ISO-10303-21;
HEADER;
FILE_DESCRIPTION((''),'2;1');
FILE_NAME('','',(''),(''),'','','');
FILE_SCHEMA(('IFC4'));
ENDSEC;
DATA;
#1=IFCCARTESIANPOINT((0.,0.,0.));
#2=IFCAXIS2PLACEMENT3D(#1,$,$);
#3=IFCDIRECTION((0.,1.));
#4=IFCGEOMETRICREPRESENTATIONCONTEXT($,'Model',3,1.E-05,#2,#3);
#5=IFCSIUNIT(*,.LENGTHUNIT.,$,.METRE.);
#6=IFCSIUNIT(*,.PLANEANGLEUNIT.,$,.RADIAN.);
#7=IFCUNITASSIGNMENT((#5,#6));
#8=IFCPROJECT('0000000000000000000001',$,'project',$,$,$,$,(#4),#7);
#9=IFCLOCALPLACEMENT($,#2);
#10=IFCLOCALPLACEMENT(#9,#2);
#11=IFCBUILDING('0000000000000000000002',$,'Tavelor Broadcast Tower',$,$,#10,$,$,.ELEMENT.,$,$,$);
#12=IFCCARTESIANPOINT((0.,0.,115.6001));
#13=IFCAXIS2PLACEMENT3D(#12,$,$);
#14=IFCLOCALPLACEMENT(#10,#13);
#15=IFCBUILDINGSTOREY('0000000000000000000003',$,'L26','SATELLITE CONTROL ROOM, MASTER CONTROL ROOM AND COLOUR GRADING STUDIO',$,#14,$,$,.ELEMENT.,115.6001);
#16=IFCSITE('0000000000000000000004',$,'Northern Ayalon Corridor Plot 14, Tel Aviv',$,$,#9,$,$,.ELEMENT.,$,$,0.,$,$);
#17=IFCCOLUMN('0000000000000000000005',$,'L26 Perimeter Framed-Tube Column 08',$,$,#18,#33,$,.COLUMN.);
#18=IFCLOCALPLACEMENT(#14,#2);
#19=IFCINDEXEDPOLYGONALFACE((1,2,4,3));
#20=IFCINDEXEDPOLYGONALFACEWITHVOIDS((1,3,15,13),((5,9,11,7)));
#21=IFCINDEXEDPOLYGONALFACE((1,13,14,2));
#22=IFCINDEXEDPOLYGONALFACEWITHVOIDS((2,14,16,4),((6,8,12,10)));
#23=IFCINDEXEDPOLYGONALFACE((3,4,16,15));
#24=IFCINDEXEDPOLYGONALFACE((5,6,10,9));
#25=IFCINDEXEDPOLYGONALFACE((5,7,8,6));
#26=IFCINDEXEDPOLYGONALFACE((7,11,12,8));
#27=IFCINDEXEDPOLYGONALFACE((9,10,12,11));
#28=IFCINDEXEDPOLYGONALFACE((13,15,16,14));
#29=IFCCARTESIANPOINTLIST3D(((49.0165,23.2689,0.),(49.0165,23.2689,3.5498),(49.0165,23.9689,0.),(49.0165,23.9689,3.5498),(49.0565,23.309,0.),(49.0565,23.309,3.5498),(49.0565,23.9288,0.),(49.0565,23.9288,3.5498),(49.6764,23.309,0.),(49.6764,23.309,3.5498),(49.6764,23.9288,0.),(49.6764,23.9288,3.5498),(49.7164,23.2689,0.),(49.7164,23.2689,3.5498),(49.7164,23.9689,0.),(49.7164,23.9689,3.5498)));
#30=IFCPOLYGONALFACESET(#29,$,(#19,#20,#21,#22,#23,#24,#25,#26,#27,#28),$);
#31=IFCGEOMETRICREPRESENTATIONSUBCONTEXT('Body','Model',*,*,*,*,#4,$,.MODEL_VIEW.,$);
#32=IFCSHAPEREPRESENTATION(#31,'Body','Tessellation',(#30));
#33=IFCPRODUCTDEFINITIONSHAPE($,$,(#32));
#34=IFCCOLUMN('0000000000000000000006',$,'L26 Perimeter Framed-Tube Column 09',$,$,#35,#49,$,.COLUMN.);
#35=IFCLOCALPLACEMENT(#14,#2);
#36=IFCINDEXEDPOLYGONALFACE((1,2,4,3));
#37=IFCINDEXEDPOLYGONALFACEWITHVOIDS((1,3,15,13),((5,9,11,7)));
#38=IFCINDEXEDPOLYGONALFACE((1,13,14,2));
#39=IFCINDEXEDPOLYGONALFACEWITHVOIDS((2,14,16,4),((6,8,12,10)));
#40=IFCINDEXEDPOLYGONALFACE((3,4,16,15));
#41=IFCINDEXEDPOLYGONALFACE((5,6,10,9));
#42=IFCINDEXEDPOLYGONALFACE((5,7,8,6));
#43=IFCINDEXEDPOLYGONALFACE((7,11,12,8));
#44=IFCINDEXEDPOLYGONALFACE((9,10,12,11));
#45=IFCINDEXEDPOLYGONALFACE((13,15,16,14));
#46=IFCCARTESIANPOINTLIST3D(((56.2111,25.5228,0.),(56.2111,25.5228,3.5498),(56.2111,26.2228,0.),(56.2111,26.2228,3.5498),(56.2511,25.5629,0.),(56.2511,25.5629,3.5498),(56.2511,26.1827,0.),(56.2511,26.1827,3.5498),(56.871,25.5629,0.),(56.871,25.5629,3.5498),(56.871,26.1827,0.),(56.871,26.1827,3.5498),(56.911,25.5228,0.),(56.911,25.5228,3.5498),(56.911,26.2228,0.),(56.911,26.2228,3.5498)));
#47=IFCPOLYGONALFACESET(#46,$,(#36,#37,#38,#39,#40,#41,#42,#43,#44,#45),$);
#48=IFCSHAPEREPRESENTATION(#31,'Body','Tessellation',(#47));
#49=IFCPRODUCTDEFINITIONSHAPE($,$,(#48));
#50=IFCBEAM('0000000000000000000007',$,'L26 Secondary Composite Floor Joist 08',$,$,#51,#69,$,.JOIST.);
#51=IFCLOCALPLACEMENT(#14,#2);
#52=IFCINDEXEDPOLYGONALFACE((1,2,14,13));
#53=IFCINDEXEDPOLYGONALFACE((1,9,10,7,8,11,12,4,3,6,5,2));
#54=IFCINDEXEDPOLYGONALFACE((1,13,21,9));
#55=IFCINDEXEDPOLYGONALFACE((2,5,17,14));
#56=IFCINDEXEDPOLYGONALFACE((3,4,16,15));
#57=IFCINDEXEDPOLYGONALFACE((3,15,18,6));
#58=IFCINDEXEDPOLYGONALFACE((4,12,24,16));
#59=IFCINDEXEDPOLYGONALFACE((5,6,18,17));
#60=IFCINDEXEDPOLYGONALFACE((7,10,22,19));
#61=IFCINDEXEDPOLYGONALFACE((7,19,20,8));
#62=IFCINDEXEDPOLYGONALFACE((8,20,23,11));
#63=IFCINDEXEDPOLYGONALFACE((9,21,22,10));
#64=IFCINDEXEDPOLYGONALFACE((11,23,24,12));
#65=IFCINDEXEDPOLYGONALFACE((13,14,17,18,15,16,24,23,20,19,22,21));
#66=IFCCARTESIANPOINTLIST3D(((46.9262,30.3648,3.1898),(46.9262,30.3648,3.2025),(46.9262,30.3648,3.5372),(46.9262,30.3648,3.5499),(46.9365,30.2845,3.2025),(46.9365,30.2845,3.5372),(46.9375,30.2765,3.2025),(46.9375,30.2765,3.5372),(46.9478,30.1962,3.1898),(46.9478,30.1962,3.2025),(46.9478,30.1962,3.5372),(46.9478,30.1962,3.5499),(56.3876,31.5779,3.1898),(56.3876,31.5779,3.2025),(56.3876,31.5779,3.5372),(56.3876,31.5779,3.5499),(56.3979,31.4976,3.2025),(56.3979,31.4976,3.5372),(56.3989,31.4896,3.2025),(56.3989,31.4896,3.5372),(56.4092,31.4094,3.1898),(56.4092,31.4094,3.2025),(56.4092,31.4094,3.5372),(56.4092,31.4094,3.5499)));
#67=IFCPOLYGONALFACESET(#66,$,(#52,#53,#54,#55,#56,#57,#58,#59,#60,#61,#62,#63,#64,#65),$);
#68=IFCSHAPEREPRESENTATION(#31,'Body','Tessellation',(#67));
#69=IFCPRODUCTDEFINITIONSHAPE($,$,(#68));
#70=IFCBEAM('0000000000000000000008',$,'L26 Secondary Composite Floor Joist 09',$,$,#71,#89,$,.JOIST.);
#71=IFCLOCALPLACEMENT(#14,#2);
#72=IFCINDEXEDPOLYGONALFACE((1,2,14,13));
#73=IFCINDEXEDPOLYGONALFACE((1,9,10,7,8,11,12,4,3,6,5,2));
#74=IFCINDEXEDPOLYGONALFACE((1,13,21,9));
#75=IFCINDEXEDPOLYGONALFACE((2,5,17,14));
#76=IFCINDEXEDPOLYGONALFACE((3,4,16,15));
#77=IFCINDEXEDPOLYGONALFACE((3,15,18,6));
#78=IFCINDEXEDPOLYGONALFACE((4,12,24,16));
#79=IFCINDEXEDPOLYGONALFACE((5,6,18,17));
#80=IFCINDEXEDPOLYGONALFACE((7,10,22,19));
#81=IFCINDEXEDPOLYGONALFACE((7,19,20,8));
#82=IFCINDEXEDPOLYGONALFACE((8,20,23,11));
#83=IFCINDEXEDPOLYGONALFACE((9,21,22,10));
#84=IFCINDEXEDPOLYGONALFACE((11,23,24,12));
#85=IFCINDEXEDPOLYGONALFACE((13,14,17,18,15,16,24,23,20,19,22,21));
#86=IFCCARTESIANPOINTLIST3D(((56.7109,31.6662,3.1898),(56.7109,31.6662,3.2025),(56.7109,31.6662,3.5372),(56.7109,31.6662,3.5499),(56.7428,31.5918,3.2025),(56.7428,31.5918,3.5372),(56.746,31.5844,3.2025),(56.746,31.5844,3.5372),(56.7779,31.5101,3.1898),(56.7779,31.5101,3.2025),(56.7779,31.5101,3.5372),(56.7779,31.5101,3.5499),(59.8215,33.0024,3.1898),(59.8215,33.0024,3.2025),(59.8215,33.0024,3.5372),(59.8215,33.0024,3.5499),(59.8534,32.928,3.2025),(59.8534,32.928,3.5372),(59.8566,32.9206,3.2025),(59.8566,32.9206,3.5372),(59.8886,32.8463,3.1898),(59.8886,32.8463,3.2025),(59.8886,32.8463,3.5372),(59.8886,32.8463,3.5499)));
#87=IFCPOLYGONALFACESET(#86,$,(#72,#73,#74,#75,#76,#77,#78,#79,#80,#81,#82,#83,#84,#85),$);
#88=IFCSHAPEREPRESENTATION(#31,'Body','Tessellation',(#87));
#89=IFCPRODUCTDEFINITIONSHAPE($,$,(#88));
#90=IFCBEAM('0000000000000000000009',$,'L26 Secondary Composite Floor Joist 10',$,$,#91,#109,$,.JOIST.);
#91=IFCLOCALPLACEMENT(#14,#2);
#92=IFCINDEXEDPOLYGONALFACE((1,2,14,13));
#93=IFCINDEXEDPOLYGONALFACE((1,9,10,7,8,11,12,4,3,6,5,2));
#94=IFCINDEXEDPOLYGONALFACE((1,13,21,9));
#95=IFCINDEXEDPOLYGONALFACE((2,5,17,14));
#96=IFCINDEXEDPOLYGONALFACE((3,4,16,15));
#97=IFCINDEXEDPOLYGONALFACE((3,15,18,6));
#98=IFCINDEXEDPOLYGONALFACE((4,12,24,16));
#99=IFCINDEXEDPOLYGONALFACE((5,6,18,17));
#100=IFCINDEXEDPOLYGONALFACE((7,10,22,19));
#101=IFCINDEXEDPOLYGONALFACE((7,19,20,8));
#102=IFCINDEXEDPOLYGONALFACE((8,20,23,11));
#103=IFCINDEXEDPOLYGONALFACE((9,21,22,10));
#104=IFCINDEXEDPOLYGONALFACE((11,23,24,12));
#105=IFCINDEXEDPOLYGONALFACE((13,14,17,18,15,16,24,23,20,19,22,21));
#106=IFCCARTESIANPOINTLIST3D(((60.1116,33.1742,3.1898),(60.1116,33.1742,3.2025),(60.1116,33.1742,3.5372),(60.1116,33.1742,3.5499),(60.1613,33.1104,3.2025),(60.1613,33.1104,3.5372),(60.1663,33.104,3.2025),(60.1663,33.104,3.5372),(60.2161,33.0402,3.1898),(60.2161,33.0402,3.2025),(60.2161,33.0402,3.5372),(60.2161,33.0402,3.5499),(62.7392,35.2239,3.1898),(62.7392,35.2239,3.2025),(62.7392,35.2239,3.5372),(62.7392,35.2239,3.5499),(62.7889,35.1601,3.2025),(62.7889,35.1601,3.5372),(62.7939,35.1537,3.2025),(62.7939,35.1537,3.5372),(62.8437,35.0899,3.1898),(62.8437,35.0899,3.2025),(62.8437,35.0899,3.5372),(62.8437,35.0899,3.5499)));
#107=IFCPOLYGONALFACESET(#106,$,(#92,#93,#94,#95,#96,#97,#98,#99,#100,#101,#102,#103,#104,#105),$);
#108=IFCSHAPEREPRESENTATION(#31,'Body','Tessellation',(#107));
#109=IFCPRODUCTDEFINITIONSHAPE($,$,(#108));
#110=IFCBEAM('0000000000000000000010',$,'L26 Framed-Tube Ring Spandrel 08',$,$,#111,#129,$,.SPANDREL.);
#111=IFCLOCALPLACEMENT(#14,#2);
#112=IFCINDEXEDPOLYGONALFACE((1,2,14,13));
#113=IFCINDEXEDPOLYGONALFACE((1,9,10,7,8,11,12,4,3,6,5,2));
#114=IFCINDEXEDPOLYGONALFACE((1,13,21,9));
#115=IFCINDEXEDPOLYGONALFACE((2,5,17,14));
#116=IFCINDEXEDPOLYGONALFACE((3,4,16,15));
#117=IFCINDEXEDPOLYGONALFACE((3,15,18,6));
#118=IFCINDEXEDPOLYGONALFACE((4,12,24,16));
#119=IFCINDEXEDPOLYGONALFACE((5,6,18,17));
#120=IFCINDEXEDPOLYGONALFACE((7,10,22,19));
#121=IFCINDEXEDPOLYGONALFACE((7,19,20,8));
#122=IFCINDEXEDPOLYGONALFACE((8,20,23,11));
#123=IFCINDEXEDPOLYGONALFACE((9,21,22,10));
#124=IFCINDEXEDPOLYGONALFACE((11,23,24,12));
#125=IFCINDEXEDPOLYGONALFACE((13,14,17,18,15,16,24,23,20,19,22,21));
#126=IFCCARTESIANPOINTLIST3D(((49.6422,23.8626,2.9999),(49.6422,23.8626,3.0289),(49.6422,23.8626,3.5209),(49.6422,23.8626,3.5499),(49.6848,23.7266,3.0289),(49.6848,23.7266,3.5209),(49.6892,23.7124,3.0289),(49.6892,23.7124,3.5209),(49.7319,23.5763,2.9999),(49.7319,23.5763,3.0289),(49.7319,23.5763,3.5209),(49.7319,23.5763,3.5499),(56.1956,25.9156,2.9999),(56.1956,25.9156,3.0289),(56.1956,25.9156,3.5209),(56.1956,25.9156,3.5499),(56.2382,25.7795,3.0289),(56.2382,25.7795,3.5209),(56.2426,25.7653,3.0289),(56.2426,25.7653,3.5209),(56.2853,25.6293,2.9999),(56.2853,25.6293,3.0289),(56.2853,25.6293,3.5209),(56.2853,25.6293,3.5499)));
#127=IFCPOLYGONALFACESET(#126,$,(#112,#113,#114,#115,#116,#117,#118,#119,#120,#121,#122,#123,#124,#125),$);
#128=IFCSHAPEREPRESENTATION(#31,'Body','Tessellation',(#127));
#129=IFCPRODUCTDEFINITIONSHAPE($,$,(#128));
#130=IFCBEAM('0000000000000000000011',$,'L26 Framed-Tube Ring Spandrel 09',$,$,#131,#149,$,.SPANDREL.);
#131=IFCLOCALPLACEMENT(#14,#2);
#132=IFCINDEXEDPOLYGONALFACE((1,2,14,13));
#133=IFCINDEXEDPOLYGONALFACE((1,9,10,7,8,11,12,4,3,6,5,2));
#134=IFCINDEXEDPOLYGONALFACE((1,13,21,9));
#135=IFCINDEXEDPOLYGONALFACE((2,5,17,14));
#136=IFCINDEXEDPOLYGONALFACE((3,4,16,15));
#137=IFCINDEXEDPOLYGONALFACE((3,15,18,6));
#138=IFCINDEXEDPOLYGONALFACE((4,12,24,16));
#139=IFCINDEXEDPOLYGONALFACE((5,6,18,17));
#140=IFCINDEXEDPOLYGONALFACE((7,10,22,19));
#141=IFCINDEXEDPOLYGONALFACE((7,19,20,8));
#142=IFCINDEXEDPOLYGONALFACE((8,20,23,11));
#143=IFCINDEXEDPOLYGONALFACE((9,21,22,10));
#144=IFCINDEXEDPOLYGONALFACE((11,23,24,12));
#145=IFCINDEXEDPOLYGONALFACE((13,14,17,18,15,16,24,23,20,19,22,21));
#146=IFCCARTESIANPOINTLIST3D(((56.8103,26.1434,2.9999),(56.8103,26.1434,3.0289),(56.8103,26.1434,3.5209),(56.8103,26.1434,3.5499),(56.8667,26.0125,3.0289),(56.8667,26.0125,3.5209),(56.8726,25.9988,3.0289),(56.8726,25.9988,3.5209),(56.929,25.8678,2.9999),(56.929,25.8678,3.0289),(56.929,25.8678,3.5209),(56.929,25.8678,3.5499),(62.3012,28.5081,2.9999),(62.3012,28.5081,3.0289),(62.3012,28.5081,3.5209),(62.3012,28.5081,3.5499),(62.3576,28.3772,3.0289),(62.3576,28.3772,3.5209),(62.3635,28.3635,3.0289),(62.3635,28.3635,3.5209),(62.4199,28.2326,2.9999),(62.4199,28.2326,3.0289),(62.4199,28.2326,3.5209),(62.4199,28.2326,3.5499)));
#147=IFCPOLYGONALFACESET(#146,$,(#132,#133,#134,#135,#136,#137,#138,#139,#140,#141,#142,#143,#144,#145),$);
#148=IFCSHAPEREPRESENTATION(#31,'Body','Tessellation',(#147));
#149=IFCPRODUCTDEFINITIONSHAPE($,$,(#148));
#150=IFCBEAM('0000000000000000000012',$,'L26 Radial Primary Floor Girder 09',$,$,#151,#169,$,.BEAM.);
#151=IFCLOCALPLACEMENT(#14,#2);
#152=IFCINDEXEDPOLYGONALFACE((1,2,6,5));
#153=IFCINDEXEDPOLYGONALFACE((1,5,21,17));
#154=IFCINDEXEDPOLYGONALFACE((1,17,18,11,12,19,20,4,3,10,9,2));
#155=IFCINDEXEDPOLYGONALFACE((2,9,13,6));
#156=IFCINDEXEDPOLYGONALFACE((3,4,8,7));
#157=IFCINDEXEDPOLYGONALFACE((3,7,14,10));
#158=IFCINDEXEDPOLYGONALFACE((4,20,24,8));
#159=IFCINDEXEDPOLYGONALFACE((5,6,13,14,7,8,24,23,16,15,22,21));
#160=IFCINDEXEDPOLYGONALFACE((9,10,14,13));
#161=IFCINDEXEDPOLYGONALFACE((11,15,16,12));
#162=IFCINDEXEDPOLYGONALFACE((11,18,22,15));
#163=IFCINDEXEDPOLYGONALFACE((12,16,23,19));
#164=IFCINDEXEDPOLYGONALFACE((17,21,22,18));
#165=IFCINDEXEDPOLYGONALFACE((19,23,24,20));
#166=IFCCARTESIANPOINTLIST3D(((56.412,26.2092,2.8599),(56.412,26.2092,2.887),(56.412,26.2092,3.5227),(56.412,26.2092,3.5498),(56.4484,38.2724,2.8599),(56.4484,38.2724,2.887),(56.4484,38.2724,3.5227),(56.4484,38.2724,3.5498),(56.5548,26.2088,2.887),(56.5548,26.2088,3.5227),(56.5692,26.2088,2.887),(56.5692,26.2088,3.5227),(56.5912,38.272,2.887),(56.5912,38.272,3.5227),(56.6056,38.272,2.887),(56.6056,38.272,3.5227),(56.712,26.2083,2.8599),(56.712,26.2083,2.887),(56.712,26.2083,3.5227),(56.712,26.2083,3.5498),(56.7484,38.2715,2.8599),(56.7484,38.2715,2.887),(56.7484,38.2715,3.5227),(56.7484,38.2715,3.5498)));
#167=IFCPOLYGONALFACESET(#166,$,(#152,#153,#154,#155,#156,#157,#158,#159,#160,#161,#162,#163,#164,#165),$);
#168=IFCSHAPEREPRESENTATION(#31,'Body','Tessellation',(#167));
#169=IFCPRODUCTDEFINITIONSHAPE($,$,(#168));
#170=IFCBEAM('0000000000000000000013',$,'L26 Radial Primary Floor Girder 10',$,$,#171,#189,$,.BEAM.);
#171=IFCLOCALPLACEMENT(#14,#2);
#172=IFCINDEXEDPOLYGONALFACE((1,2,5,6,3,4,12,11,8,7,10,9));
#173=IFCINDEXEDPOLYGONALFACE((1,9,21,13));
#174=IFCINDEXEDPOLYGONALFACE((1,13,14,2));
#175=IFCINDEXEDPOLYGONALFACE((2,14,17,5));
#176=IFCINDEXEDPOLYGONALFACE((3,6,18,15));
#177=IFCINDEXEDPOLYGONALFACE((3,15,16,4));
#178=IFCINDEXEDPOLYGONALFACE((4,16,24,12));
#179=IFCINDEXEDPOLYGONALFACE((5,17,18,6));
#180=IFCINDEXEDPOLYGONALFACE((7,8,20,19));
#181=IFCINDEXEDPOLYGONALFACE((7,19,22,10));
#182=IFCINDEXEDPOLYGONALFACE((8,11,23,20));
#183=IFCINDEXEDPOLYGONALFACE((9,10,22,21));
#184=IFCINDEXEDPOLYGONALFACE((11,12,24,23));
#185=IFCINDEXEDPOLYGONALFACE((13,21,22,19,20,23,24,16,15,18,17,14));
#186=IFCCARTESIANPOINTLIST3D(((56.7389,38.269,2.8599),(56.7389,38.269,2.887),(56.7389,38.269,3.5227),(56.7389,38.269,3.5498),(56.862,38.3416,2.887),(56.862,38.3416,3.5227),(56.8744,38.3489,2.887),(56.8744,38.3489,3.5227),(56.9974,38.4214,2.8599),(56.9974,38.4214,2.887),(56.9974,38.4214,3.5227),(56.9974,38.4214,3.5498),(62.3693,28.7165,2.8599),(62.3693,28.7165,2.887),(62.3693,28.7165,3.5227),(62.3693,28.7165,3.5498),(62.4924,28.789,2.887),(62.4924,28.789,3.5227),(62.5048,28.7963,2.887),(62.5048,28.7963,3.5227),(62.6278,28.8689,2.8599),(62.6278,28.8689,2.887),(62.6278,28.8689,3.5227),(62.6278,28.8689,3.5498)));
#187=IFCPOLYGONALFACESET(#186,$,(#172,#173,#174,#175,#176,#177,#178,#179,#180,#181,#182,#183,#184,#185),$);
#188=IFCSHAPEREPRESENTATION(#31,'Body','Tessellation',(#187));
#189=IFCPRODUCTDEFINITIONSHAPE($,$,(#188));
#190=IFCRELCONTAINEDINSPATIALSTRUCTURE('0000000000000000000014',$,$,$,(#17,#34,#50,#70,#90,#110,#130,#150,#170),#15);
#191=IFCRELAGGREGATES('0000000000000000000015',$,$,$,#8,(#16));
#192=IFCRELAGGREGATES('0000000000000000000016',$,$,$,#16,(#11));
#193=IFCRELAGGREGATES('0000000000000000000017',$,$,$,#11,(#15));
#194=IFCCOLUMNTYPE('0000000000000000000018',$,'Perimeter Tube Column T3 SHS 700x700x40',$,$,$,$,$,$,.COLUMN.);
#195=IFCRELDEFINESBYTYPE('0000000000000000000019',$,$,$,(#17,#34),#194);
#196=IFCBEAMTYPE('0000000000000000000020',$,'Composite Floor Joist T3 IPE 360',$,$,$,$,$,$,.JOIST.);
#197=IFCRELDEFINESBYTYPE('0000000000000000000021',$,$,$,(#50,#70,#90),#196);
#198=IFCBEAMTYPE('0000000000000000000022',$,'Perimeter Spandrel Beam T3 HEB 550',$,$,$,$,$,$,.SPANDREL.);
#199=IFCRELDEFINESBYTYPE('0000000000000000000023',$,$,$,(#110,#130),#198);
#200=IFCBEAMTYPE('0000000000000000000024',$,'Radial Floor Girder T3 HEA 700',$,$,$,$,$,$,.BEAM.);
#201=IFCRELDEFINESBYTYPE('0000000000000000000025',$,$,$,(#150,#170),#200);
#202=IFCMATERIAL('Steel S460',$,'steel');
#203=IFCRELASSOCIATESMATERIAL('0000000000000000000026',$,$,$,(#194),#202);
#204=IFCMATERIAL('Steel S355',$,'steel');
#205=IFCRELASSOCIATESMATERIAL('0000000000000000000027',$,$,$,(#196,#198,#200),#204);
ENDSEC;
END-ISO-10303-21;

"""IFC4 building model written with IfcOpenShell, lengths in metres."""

from ifc_helpers import new_model, si_unit, direction, frame, origin, origin_2d, place, context, subcontext, project, spatial, hollow_rectangle, i_section, extrude, material, material_profile, profile_set, type_object, element, save


model = new_model("IFC4")

# Units and contexts
model_context = context("Model", 3, precision=1e-05, world=origin(), true_north=direction((0.0, 1.0)))
body_context = subcontext(model_context, "Body", "Model", "MODEL_VIEW")
ifc_project = project(units=[si_unit("LENGTHUNIT", "METRE"), si_unit("PLANEANGLEUNIT", "RADIAN")], contexts=[model_context])

# Site, building, storey
site_placement = place(None, origin())
site = spatial("IfcSite", under=ifc_project, at=site_placement, Name="Northern Ayalon Corridor Plot 14, Tel Aviv", CompositionType="ELEMENT", RefElevation=0.0)
building_placement = place(site_placement, origin())
building = spatial("IfcBuilding", under=site, at=building_placement, Name="Tavelor Broadcast Tower", CompositionType="ELEMENT")
storey_placement = place(building_placement, frame((0.0, 0.0, 115.6001)))
storey = spatial("IfcBuildingStorey", under=building, at=storey_placement, Name="L26", Description="SATELLITE CONTROL ROOM, MASTER CONTROL ROOM AND COLOUR GRADING STUDIO", CompositionType="ELEMENT", Elevation=115.6001)

# Columns
ifc_material_1 = material(Name="Steel S460", Category="steel")
ifc_material_profile_1 = material_profile(ifc_material_1, hollow_rectangle(XDim=0.7, YDim=0.7, WallThickness=0.04, at=origin_2d()), Name="SHS 700x700x40")
ifc_profile_set_1 = profile_set([ifc_material_profile_1], Name="Steel S460")
column_type = type_object("IfcColumnType", Name="Perimeter Tube Column T3 SHS 700x700x40", PredefinedType="COLUMN", material=ifc_profile_set_1)
for number, where, z_axis, x_axis, name in (
    (1, (49.3665, 23.6189, 0.0), (0.0, 0.0, 1.0), (1.0, 0.0, 0.0), "L26 Perimeter Framed-Tube Column 08"),
    (2, (56.561, 25.8728, 0.0), (0.0, 0.0, 1.0), (1.0, 0.0, 0.0), "L26 Perimeter Framed-Tube Column 09"),
):
    element("IfcColumn", number, at=place(storey_placement, frame(where, z_axis=z_axis, x_axis=x_axis)), inside=storey, type_object=column_type, Name=name, PredefinedType="COLUMN", context=body_context, shape_type="SweptSolid", body=[
        extrude(hollow_rectangle(XDim=0.7, YDim=0.7, WallThickness=0.04, at=origin_2d()), origin(), (0.0, 0.0, 1.0), 3.5498),
    ])

# Beams
ifc_material_2 = material(Name="Steel S355", Category="steel")
ifc_material_profile_2 = material_profile(ifc_material_2, i_section(OverallWidth=0.1699, OverallDepth=0.3601, WebThickness=0.0081, FlangeThickness=0.0127, at=origin_2d()), Name="IPE 360")
ifc_profile_set_2 = profile_set([ifc_material_profile_2], Name="Steel S355")
beam_type_1 = type_object("IfcBeamType", Name="Composite Floor Joist T3 IPE 360", PredefinedType="JOIST", material=ifc_profile_set_2)
beam_1_placement = place(storey_placement, frame((46.937, 30.2805, 3.3699), z_axis=(0.99188, 0.127178, 0.0), x_axis=(-0.127178, 0.99188, 0.0)))
element("IfcBeam", 3, at=beam_1_placement, inside=storey, type_object=beam_type_1, Name="L26 Secondary Composite Floor Joist 08", PredefinedType="JOIST", context=body_context, shape_type="SweptSolid", body=[
    extrude(i_section(OverallWidth=0.1699, OverallDepth=0.3601, WebThickness=0.0081, FlangeThickness=0.0127, at=origin_2d()), origin(), (0.0, 0.0, 1.0), 9.5388),
])
beam_2_placement = place(storey_placement, frame((56.7444, 31.5881, 3.3699), z_axis=(0.918816, 0.394685, 0.0), x_axis=(-0.394685, 0.918816, 0.0)))
element("IfcBeam", 4, at=beam_2_placement, inside=storey, type_object=beam_type_1, Name="L26 Secondary Composite Floor Joist 09", PredefinedType="JOIST", context=body_context, shape_type="SweptSolid", body=[
    extrude(i_section(OverallWidth=0.1699, OverallDepth=0.3601, WebThickness=0.0081, FlangeThickness=0.0127, at=origin_2d()), origin(), (0.0, 0.0, 1.0), 3.3855),
])
beam_3_placement = place(storey_placement, frame((60.1638, 33.1072, 3.3699), z_axis=(0.788472, 0.615071, 0.0), x_axis=(-0.615071, 0.788472, 0.0)))
element("IfcBeam", 5, at=beam_3_placement, inside=storey, type_object=beam_type_1, Name="L26 Secondary Composite Floor Joist 10", PredefinedType="JOIST", context=body_context, shape_type="SweptSolid", body=[
    extrude(i_section(OverallWidth=0.1699, OverallDepth=0.3601, WebThickness=0.0081, FlangeThickness=0.0127, at=origin_2d()), origin(), (0.0, 0.0, 1.0), 3.3325),
])
ifc_material_profile_3 = material_profile(ifc_material_2, i_section(OverallWidth=0.3, OverallDepth=0.55, WebThickness=0.0149, FlangeThickness=0.0291, at=origin_2d()), Name="HEB 550")
ifc_profile_set_3 = profile_set([ifc_material_profile_3], Name="Steel S355")
beam_type_2 = type_object("IfcBeamType", Name="Perimeter Spandrel Beam T3 HEB 550", PredefinedType="SPANDREL", material=ifc_profile_set_3)
beam_4_placement = place(storey_placement, frame((49.687, 23.7195, 3.2749), z_axis=(0.954272, 0.298941, 0.0), x_axis=(-0.298941, 0.954272, 0.0)))
element("IfcBeam", 6, at=beam_4_placement, inside=storey, type_object=beam_type_2, Name="L26 Framed-Tube Ring Spandrel 08", PredefinedType="SPANDREL", context=body_context, shape_type="SweptSolid", body=[
    extrude(i_section(OverallWidth=0.3, OverallDepth=0.55, WebThickness=0.0149, FlangeThickness=0.0291, at=origin_2d()), origin(), (0.0, 0.0, 1.0), 6.8674),
])
beam_5_placement = place(storey_placement, frame((56.8696, 26.0056, 3.2749), z_axis=(0.918449, 0.39554, 0.0), x_axis=(-0.39554, 0.918449, 0.0)))
element("IfcBeam", 7, at=beam_5_placement, inside=storey, type_object=beam_type_2, Name="L26 Framed-Tube Ring Spandrel 09", PredefinedType="SPANDREL", context=body_context, shape_type="SweptSolid", body=[
    extrude(i_section(OverallWidth=0.3, OverallDepth=0.55, WebThickness=0.0149, FlangeThickness=0.0291, at=origin_2d()), origin(), (0.0, 0.0, 1.0), 5.9785),
])
ifc_material_profile_4 = material_profile(ifc_material_2, i_section(OverallWidth=0.3, OverallDepth=0.6899, WebThickness=0.0144, FlangeThickness=0.0271, at=origin_2d()), Name="HEA 700")
ifc_profile_set_4 = profile_set([ifc_material_profile_4], Name="Steel S355")
beam_type_3 = type_object("IfcBeamType", Name="Radial Floor Girder T3 HEA 700", PredefinedType="BEAM", material=ifc_profile_set_4)
beam_6_placement = place(storey_placement, frame((56.5984, 38.272, 3.2048), z_axis=(-0.003016, -0.999995, 0.0), x_axis=(0.999995, -0.003016, 0.0)))
element("IfcBeam", 8, at=beam_6_placement, inside=storey, type_object=beam_type_3, Name="L26 Radial Primary Floor Girder 09", PredefinedType="BEAM", context=body_context, shape_type="SweptSolid", body=[
    extrude(i_section(OverallWidth=0.3, OverallDepth=0.6899, WebThickness=0.0144, FlangeThickness=0.0271, at=origin_2d()), origin(), (0.0, 0.0, 1.0), 12.0632),
])
beam_7_placement = place(storey_placement, frame((56.8682, 38.3452, 3.2048), z_axis=(0.507774, -0.86149, 0.0), x_axis=(0.86149, 0.507774, 0.0)))
element("IfcBeam", 9, at=beam_7_placement, inside=storey, type_object=beam_type_3, Name="L26 Radial Primary Floor Girder 10", PredefinedType="BEAM", context=body_context, shape_type="SweptSolid", body=[
    extrude(i_section(OverallWidth=0.3, OverallDepth=0.6899, WebThickness=0.0144, FlangeThickness=0.0271, at=origin_2d()), origin(), (0.0, 0.0, 1.0), 11.0884),
])

save(model, "model.ifc")
